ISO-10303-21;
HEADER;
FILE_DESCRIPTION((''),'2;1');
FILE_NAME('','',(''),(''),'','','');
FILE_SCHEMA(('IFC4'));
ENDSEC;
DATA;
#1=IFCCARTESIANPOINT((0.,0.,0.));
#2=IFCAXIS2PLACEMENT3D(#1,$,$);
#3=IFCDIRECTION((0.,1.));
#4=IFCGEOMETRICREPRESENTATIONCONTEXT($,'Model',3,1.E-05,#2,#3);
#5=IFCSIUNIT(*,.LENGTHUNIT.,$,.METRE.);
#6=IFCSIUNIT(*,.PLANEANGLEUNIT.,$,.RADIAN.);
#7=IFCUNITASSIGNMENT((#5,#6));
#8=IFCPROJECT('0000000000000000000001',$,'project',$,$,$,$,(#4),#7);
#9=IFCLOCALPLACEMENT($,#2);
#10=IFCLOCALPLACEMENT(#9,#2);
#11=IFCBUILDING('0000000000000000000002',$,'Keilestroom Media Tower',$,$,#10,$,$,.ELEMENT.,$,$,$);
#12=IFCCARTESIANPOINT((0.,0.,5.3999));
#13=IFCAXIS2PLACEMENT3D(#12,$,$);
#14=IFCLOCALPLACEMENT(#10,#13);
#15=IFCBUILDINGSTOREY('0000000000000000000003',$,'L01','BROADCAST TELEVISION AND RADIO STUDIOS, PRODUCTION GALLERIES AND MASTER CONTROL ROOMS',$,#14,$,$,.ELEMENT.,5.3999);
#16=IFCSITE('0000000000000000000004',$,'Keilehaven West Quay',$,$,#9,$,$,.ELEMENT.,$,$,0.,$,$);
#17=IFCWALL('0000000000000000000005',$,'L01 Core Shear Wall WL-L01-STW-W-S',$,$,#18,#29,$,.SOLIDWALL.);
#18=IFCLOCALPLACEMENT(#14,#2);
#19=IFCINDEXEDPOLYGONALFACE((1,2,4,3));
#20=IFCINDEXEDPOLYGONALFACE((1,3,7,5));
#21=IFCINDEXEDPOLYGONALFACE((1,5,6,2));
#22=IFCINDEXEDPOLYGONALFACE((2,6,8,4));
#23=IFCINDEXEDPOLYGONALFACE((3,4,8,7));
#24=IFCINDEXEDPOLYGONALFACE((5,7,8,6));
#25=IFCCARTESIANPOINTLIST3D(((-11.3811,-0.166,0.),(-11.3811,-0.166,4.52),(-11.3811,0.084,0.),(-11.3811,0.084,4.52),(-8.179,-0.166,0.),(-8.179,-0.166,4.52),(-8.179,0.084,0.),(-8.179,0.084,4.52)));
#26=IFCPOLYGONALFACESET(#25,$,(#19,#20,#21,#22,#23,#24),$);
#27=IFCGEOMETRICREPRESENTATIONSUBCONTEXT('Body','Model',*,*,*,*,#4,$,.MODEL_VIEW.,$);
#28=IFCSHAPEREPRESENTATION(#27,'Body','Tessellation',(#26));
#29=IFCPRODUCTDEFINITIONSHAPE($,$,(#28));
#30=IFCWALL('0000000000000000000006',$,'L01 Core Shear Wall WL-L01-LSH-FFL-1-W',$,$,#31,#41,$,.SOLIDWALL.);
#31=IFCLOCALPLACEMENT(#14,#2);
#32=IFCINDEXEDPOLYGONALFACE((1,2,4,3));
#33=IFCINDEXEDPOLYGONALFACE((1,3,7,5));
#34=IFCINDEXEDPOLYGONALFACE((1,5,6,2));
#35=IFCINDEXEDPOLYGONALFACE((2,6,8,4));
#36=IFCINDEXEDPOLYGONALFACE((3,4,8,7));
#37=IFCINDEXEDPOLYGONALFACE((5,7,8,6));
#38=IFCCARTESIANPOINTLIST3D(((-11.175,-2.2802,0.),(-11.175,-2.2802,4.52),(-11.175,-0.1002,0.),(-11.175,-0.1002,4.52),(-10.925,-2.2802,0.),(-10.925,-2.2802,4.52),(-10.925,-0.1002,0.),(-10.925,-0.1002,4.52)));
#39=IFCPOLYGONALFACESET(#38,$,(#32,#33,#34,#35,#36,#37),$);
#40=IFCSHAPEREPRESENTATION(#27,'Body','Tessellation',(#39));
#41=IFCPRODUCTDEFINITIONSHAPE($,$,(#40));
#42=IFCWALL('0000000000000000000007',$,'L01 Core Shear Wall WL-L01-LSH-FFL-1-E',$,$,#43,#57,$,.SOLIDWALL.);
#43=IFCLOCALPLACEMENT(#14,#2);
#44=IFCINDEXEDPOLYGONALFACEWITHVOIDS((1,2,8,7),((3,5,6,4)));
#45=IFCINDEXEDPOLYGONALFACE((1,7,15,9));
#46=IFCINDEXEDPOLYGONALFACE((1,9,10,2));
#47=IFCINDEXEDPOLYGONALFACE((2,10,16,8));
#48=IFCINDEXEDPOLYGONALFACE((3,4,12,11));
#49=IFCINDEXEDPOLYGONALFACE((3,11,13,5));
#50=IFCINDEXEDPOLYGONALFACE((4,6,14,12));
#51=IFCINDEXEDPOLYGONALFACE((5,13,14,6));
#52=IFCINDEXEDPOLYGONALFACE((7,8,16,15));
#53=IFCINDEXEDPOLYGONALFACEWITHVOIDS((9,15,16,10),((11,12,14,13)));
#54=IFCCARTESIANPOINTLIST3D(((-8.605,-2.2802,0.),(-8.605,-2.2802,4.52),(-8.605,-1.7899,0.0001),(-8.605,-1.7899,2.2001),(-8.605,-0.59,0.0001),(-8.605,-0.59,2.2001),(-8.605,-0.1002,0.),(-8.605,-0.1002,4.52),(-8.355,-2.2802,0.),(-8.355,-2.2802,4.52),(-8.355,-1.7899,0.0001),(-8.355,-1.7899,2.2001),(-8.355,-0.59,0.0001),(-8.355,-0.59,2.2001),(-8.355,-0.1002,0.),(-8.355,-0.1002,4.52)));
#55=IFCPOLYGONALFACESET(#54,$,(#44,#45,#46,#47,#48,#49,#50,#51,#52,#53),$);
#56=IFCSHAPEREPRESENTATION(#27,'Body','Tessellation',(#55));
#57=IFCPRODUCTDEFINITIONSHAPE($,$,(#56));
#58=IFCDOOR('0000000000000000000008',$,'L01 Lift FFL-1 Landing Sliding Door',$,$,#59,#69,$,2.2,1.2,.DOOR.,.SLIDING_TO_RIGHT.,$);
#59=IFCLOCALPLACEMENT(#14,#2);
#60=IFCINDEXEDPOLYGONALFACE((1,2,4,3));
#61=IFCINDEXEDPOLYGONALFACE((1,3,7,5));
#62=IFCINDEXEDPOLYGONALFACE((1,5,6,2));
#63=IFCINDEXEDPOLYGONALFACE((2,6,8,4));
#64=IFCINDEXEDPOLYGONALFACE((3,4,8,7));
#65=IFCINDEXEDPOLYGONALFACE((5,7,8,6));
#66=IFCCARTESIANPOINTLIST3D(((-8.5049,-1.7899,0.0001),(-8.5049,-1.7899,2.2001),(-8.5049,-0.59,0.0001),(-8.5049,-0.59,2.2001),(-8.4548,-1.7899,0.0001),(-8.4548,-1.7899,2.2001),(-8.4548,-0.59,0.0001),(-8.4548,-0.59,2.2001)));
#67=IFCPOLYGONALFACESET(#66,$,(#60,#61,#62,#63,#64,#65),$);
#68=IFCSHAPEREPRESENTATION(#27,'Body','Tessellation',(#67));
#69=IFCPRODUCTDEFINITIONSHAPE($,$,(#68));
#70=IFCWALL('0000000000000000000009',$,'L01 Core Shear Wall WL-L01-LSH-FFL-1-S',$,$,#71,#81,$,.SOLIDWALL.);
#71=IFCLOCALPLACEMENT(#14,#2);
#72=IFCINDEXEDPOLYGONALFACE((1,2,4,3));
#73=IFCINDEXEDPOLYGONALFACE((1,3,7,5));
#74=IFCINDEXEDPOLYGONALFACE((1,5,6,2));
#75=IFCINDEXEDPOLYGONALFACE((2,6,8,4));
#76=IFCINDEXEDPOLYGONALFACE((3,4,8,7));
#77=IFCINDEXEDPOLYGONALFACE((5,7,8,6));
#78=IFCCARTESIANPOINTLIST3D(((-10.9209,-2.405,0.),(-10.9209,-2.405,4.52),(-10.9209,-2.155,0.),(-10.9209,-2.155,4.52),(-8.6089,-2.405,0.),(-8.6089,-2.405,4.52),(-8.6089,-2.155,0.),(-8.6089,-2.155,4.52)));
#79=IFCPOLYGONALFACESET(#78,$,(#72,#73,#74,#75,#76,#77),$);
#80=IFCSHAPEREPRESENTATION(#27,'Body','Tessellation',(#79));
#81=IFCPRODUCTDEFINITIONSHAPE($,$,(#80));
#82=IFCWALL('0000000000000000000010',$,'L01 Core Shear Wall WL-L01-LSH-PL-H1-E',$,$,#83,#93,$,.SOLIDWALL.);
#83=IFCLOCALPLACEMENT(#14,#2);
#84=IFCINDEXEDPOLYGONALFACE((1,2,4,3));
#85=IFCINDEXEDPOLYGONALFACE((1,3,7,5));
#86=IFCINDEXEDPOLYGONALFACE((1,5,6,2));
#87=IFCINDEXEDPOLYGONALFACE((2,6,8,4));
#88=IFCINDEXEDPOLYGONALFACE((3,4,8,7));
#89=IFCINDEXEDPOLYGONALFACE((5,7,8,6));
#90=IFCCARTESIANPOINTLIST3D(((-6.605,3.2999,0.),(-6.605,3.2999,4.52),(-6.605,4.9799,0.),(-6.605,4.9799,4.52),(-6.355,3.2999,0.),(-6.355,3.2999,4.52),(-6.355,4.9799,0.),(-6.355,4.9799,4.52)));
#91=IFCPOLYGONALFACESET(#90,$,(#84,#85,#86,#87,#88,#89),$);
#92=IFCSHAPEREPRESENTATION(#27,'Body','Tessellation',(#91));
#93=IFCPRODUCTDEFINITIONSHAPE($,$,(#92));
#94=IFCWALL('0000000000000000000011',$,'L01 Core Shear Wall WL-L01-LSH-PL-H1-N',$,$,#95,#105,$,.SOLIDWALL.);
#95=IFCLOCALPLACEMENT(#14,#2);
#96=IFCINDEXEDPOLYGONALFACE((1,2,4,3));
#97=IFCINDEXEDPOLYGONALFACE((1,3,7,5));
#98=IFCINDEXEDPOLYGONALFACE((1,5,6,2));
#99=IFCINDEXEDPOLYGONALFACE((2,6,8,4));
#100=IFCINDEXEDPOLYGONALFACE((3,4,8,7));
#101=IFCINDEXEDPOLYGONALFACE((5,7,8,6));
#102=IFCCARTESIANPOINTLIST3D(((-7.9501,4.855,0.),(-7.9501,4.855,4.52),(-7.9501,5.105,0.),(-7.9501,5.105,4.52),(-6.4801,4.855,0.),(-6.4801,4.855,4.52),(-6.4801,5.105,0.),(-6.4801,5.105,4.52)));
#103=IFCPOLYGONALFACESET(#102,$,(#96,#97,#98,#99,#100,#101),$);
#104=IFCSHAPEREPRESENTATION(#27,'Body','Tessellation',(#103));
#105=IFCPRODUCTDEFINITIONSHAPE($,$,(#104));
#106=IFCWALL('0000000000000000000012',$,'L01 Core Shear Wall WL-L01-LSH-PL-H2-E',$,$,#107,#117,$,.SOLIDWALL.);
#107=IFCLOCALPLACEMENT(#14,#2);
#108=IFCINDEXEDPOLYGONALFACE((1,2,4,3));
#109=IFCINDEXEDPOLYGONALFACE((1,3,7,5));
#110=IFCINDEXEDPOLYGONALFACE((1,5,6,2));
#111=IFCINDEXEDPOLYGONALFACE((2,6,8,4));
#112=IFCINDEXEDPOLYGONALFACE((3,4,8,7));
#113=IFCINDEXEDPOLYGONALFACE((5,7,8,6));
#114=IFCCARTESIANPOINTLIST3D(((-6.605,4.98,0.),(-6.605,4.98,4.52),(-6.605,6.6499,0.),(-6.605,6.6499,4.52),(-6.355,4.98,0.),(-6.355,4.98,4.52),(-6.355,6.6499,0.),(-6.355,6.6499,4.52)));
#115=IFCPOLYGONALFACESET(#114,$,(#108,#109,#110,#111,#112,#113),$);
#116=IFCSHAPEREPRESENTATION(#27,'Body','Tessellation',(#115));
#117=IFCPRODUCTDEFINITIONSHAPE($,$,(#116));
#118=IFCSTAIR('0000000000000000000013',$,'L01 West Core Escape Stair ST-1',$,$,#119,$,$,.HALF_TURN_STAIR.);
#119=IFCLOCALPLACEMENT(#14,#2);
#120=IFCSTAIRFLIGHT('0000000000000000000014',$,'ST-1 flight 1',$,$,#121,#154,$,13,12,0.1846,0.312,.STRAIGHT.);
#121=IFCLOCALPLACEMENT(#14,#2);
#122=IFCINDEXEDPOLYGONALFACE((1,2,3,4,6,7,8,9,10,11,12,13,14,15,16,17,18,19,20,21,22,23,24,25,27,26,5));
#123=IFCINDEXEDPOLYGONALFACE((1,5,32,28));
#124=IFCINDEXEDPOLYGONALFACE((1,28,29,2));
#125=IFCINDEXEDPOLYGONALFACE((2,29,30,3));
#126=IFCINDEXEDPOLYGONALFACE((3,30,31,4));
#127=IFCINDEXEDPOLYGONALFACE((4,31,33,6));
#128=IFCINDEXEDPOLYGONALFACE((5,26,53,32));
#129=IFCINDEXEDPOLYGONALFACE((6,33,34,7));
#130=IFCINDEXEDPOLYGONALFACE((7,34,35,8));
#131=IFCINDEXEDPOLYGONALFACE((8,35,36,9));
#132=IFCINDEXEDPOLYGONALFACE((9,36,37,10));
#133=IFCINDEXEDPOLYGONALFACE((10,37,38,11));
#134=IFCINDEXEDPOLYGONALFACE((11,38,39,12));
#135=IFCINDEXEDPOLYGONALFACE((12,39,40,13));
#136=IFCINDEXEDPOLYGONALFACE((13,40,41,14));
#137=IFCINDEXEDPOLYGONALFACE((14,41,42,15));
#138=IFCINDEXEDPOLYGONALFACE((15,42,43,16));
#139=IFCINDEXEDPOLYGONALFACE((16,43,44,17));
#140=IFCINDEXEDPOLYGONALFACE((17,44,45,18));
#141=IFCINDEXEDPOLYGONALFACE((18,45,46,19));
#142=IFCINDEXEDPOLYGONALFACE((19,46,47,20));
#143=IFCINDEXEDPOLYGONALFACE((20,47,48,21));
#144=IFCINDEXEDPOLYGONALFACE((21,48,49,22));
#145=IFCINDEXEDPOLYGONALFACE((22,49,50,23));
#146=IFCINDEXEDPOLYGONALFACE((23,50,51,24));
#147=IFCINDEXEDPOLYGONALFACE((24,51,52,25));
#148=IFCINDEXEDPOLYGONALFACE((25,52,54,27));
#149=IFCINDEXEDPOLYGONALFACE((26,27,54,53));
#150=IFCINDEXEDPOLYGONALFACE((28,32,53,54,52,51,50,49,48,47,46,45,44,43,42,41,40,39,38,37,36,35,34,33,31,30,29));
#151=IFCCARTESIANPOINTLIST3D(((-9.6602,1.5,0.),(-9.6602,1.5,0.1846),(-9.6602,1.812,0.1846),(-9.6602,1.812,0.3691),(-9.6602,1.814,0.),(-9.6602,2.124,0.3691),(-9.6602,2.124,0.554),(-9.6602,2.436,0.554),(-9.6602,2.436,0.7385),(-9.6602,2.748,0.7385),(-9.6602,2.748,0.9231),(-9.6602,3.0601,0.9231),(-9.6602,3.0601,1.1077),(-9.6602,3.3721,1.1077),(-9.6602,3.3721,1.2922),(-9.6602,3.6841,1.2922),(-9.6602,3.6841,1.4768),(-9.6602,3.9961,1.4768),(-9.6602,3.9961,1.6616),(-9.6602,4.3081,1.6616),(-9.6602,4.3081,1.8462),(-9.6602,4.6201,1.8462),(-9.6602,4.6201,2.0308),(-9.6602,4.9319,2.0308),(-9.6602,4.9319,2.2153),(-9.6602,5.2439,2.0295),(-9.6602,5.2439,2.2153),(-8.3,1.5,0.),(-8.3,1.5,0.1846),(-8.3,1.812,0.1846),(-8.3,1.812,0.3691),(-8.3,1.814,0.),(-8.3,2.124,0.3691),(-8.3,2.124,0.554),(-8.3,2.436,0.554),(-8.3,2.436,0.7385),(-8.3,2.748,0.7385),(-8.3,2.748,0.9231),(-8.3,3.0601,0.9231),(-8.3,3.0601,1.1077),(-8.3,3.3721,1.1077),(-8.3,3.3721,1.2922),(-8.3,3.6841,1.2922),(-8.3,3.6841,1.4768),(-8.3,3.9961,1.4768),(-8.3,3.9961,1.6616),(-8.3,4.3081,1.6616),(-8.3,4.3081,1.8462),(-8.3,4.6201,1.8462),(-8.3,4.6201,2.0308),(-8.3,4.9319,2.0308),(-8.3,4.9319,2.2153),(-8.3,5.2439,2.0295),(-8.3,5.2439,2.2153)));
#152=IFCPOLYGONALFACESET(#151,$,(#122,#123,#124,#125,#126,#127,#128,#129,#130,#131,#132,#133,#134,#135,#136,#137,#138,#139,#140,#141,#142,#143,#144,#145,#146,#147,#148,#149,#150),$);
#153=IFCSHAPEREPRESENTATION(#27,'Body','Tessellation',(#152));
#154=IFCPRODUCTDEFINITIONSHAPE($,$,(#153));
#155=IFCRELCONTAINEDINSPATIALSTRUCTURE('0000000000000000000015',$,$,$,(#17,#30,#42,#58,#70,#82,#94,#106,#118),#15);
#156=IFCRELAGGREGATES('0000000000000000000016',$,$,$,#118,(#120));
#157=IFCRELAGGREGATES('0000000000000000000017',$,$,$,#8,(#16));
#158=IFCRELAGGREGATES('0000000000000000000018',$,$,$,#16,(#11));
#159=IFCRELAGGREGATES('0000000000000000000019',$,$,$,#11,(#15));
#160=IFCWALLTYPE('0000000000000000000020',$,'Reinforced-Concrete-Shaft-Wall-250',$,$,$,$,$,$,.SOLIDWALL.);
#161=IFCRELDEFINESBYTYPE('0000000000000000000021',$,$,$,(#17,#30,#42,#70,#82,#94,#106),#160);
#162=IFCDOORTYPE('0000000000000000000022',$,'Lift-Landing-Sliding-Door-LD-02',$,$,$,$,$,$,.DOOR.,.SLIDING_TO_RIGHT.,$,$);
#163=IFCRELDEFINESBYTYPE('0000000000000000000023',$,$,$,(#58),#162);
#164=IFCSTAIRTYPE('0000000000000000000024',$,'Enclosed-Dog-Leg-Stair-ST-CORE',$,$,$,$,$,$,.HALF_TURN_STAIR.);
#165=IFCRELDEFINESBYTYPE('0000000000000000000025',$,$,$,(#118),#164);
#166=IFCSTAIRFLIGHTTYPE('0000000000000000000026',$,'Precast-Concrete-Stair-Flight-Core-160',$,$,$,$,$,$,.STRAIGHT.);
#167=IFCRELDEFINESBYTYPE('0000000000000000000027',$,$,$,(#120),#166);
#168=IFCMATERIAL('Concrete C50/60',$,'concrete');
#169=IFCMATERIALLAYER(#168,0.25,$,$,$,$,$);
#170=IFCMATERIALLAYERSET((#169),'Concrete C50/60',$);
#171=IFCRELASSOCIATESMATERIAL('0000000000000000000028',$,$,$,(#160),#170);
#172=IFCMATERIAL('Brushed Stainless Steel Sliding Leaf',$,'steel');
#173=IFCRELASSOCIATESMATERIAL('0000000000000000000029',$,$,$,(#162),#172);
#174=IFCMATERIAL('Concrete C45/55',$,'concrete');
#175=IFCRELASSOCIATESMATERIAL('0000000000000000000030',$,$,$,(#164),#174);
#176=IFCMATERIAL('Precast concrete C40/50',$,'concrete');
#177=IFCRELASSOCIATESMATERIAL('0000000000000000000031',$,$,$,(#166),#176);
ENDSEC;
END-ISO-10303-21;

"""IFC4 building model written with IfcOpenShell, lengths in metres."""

from ifc_helpers import new_model, si_unit, direction, frame, frame_2d, origin, place, context, subcontext, project, spatial, polyline, rectangle, outline, extrude, source, transform, mapped, material, layer, layer_set, type_object, element, fill, aggregate, save


model = new_model("IFC4")

# Units and contexts
model_context = context("Model", 3, precision=1e-05, world=origin(), true_north=direction((0.0, 1.0)))
body_context = subcontext(model_context, "Body", "Model", "MODEL_VIEW")
ifc_project = project(units=[si_unit("LENGTHUNIT", "METRE"), si_unit("PLANEANGLEUNIT", "RADIAN")], contexts=[model_context])

# Site, building, storey
site_placement = place(None, origin())
site = spatial("IfcSite", under=ifc_project, at=site_placement, Name="Keilehaven West Quay", CompositionType="ELEMENT", RefElevation=0.0)
building_placement = place(site_placement, origin())
building = spatial("IfcBuilding", under=site, at=building_placement, Name="Keilestroom Media Tower", CompositionType="ELEMENT")
storey_placement = place(building_placement, frame((0.0, 0.0, 5.3999)))
storey = spatial("IfcBuildingStorey", under=building, at=storey_placement, Name="L01", Description="BROADCAST TELEVISION AND RADIO STUDIOS, PRODUCTION GALLERIES AND MASTER CONTROL ROOMS", CompositionType="ELEMENT", Elevation=5.3999)

# Shared definitions
ifc_material_1 = material(Name="Concrete C50/60", Category="concrete")
ifc_material_2 = material(Name="Concrete C45/55", Category="concrete")

# Shared definitions
ifc_layer_1 = layer(ifc_material_1, 0.25)
ifc_layer_set_1 = layer_set([ifc_layer_1], Name="Concrete C50/60")
wall_type = type_object("IfcWallType", Name="Reinforced-Concrete-Shaft-Wall-250", PredefinedType="SOLIDWALL", material=ifc_layer_set_1)

# Shared definitions
shared_shape_1 = source(origin(), body_context, "Body", "SweptSolid", [
    extrude(rectangle(XDim=1.2, YDim=2.2, at=frame_2d((0.6001, 1.1001))), frame((0.0, 0.0249, 0.0), z_axis=(0.0, -1.0, 0.0), x_axis=(1.0, 0.0, 0.0)), (0.0, 0.0, 1.0), 0.05),
])

# Walls
wall_1_placement = place(storey_placement, frame((-11.3811, -0.041, 0.0), z_axis=(0.0, 0.0, 1.0), x_axis=(1.0, 0.0, 0.0)))
element("IfcWall", 1, at=wall_1_placement, inside=storey, type_object=wall_type, Name="L01 Core Shear Wall WL-L01-STW-W-S", PredefinedType="SOLIDWALL", context=body_context, shape_type="SweptSolid", body=[
    extrude(rectangle(XDim=3.2021, YDim=0.25, at=frame_2d((1.6011, 0.0))), origin(), (0.0, 0.0, 1.0), 4.52),
])
wall_2_placement = place(storey_placement, frame((-11.05, -2.28, 0.0), z_axis=(0.0, 0.0, 1.0), x_axis=(0.0, 1.0, 0.0)))
element("IfcWall", 2, at=wall_2_placement, inside=storey, type_object=wall_type, Name="L01 Core Shear Wall WL-L01-LSH-FFL-1-W", PredefinedType="SOLIDWALL", context=body_context, shape_type="SweptSolid", body=[
    extrude(rectangle(XDim=2.1799, YDim=0.25, at=frame_2d((1.0898, 0.0))), origin(), (0.0, 0.0, 1.0), 4.52),
])

# Wall, opening, door
wall_3_placement = place(storey_placement, frame((-8.48, -2.28, 0.0), z_axis=(0.0, 0.0, 1.0), x_axis=(0.0, 1.0, 0.0)))
wall_3 = element("IfcWall", 3, at=wall_3_placement, inside=storey, type_object=wall_type, Name="L01 Core Shear Wall WL-L01-LSH-FFL-1-E", PredefinedType="SOLIDWALL", context=body_context, shape_type="SweptSolid", body=[
    extrude(rectangle(XDim=2.1799, YDim=0.25, at=frame_2d((1.0898, 0.0))), origin(), (0.0, 0.0, 1.0), 4.52),
])
opening_1_placement = place(wall_3_placement, frame((0.49, 0.0, 0.0)))
opening_1 = element("IfcOpeningElement", 4, at=opening_1_placement, cuts=wall_3, PredefinedType="OPENING", context=body_context, shape_type="SweptSolid", body=[
    extrude(rectangle(XDim=1.2, YDim=2.2, at=frame_2d((0.6001, 1.1001))), frame((0.0, 0.135, 0.0), z_axis=(0.0, -1.0, 0.0), x_axis=(1.0, 0.0, 0.0)), (0.0, 0.0, 1.0), 0.27),
])
ifc_material_3 = material(Name="Brushed Stainless Steel Sliding Leaf", Category="steel")
door_type_1 = type_object("IfcDoorType", Name="Lift-Landing-Sliding-Door-LD-02", OperationType="SLIDING_TO_RIGHT", PredefinedType="DOOR", material=ifc_material_3)
door_1_placement = place(opening_1_placement, origin())
door_1 = element("IfcDoor", 5, at=door_1_placement, inside=storey, type_object=door_type_1, Name="L01 Lift FFL-1 Landing Sliding Door", OperationType="SLIDING_TO_RIGHT", OverallHeight=2.2, OverallWidth=1.2, PredefinedType="DOOR", context=body_context, shape_type="MappedRepresentation", body=[
    mapped(shared_shape_1, transform((0.0, 0.0, 0.0), x_axis=(1.0, 0.0, 0.0), y_axis=(0.0, 1.0, 0.0), z_axis=(0.0, 0.0, 1.0), scale=1.0)),
])
fill(opening_1, door_1)

# Walls
wall_4_placement = place(storey_placement, frame((-10.9209, -2.28, 0.0), z_axis=(0.0, 0.0, 1.0), x_axis=(1.0, 0.0, 0.0)))
element("IfcWall", 6, at=wall_4_placement, inside=storey, type_object=wall_type, Name="L01 Core Shear Wall WL-L01-LSH-FFL-1-S", PredefinedType="SOLIDWALL", context=body_context, shape_type="SweptSolid", body=[
    extrude(rectangle(XDim=2.312, YDim=0.25, at=frame_2d((1.156, 0.0))), origin(), (0.0, 0.0, 1.0), 4.52),
])
wall_5_placement = place(storey_placement, frame((-6.48, 3.3, 0.0), z_axis=(0.0, 0.0, 1.0), x_axis=(0.0, 1.0, 0.0)))
element("IfcWall", 7, at=wall_5_placement, inside=storey, type_object=wall_type, Name="L01 Core Shear Wall WL-L01-LSH-PL-H1-E", PredefinedType="SOLIDWALL", context=body_context, shape_type="SweptSolid", body=[
    extrude(rectangle(XDim=1.6799, YDim=0.25, at=frame_2d((0.8398, 0.0))), origin(), (0.0, 0.0, 1.0), 4.52),
])
wall_6_placement = place(storey_placement, frame((-7.95, 4.98, 0.0), z_axis=(0.0, 0.0, 1.0), x_axis=(1.0, 0.0, 0.0)))
element("IfcWall", 8, at=wall_6_placement, inside=storey, type_object=wall_type, Name="L01 Core Shear Wall WL-L01-LSH-PL-H1-N", PredefinedType="SOLIDWALL", context=body_context, shape_type="SweptSolid", body=[
    extrude(rectangle(XDim=1.47, YDim=0.25, at=frame_2d((0.7349, 0.0))), origin(), (0.0, 0.0, 1.0), 4.52),
])
wall_7_placement = place(storey_placement, frame((-6.48, 4.98, 0.0), z_axis=(0.0, 0.0, 1.0), x_axis=(0.0, 1.0, 0.0)))
element("IfcWall", 9, at=wall_7_placement, inside=storey, type_object=wall_type, Name="L01 Core Shear Wall WL-L01-LSH-PL-H2-E", PredefinedType="SOLIDWALL", context=body_context, shape_type="SweptSolid", body=[
    extrude(rectangle(XDim=1.6699, YDim=0.25, at=frame_2d((0.835, 0.0))), origin(), (0.0, 0.0, 1.0), 4.52),
])

# Stair, stair flight
stair_type = type_object("IfcStairType", Name="Enclosed-Dog-Leg-Stair-ST-CORE", PredefinedType="HALF_TURN_STAIR", material=ifc_material_2)
stair_placement = place(storey_placement, origin())
stair = element("IfcStair", 10, at=stair_placement, inside=storey, type_object=stair_type, Name="L01 West Core Escape Stair ST-1", PredefinedType="HALF_TURN_STAIR")
ifc_material_4 = material(Name="Precast concrete C40/50", Category="concrete")
stair_flight_type = type_object("IfcStairFlightType", Name="Precast-Concrete-Stair-Flight-Core-160", PredefinedType="STRAIGHT", material=ifc_material_4)
stair_flight_1_placement = place(storey_placement, frame((-8.98, 1.5, 0.0), z_axis=(0.0, 0.0, 1.0), x_axis=(0.0, 1.0, 0.0)))
stair_flight_1 = element("IfcStairFlight", 11, at=stair_flight_1_placement, type_object=stair_flight_type, Name="ST-1 flight 1", NumberOfRisers=13, NumberOfTreads=12, PredefinedType="STRAIGHT", RiserHeight=0.1846, TreadLength=0.312, context=body_context, shape_type="SweptSolid", body=[
    extrude(outline(polyline([(0.0, 0.0), (0.0, 0.1846), (0.312, 0.1846), (0.312, 0.3691), (0.624, 0.3691), (0.624, 0.554), (0.936, 0.554), (0.936, 0.7385), (1.248, 0.7385), (1.248, 0.9231), (1.5601, 0.9231), (1.5601, 1.1077), (1.8721, 1.1077), (1.8721, 1.2922), (2.1841, 1.2922), (2.1841, 1.4768), (2.4961, 1.4768), (2.4961, 1.6616), (2.8081, 1.6616), (2.8081, 1.8462), (3.1201, 1.8462), (3.1201, 2.0308), (3.4319, 2.0308), (3.4319, 2.2153), (3.7439, 2.2153), (3.7439, 2.3999), (3.7439, 2.0295), (0.314, 0.0), (0.0, 0.0)])), frame((0.0, 0.6802, 0.0), z_axis=(0.0, -1.0, 0.0), x_axis=(1.0, 0.0, 0.0)), (0.0, 0.0, 1.0), 1.3601),
])
aggregate(stair, [stair_flight_1])

save(model, "model.ifc")
